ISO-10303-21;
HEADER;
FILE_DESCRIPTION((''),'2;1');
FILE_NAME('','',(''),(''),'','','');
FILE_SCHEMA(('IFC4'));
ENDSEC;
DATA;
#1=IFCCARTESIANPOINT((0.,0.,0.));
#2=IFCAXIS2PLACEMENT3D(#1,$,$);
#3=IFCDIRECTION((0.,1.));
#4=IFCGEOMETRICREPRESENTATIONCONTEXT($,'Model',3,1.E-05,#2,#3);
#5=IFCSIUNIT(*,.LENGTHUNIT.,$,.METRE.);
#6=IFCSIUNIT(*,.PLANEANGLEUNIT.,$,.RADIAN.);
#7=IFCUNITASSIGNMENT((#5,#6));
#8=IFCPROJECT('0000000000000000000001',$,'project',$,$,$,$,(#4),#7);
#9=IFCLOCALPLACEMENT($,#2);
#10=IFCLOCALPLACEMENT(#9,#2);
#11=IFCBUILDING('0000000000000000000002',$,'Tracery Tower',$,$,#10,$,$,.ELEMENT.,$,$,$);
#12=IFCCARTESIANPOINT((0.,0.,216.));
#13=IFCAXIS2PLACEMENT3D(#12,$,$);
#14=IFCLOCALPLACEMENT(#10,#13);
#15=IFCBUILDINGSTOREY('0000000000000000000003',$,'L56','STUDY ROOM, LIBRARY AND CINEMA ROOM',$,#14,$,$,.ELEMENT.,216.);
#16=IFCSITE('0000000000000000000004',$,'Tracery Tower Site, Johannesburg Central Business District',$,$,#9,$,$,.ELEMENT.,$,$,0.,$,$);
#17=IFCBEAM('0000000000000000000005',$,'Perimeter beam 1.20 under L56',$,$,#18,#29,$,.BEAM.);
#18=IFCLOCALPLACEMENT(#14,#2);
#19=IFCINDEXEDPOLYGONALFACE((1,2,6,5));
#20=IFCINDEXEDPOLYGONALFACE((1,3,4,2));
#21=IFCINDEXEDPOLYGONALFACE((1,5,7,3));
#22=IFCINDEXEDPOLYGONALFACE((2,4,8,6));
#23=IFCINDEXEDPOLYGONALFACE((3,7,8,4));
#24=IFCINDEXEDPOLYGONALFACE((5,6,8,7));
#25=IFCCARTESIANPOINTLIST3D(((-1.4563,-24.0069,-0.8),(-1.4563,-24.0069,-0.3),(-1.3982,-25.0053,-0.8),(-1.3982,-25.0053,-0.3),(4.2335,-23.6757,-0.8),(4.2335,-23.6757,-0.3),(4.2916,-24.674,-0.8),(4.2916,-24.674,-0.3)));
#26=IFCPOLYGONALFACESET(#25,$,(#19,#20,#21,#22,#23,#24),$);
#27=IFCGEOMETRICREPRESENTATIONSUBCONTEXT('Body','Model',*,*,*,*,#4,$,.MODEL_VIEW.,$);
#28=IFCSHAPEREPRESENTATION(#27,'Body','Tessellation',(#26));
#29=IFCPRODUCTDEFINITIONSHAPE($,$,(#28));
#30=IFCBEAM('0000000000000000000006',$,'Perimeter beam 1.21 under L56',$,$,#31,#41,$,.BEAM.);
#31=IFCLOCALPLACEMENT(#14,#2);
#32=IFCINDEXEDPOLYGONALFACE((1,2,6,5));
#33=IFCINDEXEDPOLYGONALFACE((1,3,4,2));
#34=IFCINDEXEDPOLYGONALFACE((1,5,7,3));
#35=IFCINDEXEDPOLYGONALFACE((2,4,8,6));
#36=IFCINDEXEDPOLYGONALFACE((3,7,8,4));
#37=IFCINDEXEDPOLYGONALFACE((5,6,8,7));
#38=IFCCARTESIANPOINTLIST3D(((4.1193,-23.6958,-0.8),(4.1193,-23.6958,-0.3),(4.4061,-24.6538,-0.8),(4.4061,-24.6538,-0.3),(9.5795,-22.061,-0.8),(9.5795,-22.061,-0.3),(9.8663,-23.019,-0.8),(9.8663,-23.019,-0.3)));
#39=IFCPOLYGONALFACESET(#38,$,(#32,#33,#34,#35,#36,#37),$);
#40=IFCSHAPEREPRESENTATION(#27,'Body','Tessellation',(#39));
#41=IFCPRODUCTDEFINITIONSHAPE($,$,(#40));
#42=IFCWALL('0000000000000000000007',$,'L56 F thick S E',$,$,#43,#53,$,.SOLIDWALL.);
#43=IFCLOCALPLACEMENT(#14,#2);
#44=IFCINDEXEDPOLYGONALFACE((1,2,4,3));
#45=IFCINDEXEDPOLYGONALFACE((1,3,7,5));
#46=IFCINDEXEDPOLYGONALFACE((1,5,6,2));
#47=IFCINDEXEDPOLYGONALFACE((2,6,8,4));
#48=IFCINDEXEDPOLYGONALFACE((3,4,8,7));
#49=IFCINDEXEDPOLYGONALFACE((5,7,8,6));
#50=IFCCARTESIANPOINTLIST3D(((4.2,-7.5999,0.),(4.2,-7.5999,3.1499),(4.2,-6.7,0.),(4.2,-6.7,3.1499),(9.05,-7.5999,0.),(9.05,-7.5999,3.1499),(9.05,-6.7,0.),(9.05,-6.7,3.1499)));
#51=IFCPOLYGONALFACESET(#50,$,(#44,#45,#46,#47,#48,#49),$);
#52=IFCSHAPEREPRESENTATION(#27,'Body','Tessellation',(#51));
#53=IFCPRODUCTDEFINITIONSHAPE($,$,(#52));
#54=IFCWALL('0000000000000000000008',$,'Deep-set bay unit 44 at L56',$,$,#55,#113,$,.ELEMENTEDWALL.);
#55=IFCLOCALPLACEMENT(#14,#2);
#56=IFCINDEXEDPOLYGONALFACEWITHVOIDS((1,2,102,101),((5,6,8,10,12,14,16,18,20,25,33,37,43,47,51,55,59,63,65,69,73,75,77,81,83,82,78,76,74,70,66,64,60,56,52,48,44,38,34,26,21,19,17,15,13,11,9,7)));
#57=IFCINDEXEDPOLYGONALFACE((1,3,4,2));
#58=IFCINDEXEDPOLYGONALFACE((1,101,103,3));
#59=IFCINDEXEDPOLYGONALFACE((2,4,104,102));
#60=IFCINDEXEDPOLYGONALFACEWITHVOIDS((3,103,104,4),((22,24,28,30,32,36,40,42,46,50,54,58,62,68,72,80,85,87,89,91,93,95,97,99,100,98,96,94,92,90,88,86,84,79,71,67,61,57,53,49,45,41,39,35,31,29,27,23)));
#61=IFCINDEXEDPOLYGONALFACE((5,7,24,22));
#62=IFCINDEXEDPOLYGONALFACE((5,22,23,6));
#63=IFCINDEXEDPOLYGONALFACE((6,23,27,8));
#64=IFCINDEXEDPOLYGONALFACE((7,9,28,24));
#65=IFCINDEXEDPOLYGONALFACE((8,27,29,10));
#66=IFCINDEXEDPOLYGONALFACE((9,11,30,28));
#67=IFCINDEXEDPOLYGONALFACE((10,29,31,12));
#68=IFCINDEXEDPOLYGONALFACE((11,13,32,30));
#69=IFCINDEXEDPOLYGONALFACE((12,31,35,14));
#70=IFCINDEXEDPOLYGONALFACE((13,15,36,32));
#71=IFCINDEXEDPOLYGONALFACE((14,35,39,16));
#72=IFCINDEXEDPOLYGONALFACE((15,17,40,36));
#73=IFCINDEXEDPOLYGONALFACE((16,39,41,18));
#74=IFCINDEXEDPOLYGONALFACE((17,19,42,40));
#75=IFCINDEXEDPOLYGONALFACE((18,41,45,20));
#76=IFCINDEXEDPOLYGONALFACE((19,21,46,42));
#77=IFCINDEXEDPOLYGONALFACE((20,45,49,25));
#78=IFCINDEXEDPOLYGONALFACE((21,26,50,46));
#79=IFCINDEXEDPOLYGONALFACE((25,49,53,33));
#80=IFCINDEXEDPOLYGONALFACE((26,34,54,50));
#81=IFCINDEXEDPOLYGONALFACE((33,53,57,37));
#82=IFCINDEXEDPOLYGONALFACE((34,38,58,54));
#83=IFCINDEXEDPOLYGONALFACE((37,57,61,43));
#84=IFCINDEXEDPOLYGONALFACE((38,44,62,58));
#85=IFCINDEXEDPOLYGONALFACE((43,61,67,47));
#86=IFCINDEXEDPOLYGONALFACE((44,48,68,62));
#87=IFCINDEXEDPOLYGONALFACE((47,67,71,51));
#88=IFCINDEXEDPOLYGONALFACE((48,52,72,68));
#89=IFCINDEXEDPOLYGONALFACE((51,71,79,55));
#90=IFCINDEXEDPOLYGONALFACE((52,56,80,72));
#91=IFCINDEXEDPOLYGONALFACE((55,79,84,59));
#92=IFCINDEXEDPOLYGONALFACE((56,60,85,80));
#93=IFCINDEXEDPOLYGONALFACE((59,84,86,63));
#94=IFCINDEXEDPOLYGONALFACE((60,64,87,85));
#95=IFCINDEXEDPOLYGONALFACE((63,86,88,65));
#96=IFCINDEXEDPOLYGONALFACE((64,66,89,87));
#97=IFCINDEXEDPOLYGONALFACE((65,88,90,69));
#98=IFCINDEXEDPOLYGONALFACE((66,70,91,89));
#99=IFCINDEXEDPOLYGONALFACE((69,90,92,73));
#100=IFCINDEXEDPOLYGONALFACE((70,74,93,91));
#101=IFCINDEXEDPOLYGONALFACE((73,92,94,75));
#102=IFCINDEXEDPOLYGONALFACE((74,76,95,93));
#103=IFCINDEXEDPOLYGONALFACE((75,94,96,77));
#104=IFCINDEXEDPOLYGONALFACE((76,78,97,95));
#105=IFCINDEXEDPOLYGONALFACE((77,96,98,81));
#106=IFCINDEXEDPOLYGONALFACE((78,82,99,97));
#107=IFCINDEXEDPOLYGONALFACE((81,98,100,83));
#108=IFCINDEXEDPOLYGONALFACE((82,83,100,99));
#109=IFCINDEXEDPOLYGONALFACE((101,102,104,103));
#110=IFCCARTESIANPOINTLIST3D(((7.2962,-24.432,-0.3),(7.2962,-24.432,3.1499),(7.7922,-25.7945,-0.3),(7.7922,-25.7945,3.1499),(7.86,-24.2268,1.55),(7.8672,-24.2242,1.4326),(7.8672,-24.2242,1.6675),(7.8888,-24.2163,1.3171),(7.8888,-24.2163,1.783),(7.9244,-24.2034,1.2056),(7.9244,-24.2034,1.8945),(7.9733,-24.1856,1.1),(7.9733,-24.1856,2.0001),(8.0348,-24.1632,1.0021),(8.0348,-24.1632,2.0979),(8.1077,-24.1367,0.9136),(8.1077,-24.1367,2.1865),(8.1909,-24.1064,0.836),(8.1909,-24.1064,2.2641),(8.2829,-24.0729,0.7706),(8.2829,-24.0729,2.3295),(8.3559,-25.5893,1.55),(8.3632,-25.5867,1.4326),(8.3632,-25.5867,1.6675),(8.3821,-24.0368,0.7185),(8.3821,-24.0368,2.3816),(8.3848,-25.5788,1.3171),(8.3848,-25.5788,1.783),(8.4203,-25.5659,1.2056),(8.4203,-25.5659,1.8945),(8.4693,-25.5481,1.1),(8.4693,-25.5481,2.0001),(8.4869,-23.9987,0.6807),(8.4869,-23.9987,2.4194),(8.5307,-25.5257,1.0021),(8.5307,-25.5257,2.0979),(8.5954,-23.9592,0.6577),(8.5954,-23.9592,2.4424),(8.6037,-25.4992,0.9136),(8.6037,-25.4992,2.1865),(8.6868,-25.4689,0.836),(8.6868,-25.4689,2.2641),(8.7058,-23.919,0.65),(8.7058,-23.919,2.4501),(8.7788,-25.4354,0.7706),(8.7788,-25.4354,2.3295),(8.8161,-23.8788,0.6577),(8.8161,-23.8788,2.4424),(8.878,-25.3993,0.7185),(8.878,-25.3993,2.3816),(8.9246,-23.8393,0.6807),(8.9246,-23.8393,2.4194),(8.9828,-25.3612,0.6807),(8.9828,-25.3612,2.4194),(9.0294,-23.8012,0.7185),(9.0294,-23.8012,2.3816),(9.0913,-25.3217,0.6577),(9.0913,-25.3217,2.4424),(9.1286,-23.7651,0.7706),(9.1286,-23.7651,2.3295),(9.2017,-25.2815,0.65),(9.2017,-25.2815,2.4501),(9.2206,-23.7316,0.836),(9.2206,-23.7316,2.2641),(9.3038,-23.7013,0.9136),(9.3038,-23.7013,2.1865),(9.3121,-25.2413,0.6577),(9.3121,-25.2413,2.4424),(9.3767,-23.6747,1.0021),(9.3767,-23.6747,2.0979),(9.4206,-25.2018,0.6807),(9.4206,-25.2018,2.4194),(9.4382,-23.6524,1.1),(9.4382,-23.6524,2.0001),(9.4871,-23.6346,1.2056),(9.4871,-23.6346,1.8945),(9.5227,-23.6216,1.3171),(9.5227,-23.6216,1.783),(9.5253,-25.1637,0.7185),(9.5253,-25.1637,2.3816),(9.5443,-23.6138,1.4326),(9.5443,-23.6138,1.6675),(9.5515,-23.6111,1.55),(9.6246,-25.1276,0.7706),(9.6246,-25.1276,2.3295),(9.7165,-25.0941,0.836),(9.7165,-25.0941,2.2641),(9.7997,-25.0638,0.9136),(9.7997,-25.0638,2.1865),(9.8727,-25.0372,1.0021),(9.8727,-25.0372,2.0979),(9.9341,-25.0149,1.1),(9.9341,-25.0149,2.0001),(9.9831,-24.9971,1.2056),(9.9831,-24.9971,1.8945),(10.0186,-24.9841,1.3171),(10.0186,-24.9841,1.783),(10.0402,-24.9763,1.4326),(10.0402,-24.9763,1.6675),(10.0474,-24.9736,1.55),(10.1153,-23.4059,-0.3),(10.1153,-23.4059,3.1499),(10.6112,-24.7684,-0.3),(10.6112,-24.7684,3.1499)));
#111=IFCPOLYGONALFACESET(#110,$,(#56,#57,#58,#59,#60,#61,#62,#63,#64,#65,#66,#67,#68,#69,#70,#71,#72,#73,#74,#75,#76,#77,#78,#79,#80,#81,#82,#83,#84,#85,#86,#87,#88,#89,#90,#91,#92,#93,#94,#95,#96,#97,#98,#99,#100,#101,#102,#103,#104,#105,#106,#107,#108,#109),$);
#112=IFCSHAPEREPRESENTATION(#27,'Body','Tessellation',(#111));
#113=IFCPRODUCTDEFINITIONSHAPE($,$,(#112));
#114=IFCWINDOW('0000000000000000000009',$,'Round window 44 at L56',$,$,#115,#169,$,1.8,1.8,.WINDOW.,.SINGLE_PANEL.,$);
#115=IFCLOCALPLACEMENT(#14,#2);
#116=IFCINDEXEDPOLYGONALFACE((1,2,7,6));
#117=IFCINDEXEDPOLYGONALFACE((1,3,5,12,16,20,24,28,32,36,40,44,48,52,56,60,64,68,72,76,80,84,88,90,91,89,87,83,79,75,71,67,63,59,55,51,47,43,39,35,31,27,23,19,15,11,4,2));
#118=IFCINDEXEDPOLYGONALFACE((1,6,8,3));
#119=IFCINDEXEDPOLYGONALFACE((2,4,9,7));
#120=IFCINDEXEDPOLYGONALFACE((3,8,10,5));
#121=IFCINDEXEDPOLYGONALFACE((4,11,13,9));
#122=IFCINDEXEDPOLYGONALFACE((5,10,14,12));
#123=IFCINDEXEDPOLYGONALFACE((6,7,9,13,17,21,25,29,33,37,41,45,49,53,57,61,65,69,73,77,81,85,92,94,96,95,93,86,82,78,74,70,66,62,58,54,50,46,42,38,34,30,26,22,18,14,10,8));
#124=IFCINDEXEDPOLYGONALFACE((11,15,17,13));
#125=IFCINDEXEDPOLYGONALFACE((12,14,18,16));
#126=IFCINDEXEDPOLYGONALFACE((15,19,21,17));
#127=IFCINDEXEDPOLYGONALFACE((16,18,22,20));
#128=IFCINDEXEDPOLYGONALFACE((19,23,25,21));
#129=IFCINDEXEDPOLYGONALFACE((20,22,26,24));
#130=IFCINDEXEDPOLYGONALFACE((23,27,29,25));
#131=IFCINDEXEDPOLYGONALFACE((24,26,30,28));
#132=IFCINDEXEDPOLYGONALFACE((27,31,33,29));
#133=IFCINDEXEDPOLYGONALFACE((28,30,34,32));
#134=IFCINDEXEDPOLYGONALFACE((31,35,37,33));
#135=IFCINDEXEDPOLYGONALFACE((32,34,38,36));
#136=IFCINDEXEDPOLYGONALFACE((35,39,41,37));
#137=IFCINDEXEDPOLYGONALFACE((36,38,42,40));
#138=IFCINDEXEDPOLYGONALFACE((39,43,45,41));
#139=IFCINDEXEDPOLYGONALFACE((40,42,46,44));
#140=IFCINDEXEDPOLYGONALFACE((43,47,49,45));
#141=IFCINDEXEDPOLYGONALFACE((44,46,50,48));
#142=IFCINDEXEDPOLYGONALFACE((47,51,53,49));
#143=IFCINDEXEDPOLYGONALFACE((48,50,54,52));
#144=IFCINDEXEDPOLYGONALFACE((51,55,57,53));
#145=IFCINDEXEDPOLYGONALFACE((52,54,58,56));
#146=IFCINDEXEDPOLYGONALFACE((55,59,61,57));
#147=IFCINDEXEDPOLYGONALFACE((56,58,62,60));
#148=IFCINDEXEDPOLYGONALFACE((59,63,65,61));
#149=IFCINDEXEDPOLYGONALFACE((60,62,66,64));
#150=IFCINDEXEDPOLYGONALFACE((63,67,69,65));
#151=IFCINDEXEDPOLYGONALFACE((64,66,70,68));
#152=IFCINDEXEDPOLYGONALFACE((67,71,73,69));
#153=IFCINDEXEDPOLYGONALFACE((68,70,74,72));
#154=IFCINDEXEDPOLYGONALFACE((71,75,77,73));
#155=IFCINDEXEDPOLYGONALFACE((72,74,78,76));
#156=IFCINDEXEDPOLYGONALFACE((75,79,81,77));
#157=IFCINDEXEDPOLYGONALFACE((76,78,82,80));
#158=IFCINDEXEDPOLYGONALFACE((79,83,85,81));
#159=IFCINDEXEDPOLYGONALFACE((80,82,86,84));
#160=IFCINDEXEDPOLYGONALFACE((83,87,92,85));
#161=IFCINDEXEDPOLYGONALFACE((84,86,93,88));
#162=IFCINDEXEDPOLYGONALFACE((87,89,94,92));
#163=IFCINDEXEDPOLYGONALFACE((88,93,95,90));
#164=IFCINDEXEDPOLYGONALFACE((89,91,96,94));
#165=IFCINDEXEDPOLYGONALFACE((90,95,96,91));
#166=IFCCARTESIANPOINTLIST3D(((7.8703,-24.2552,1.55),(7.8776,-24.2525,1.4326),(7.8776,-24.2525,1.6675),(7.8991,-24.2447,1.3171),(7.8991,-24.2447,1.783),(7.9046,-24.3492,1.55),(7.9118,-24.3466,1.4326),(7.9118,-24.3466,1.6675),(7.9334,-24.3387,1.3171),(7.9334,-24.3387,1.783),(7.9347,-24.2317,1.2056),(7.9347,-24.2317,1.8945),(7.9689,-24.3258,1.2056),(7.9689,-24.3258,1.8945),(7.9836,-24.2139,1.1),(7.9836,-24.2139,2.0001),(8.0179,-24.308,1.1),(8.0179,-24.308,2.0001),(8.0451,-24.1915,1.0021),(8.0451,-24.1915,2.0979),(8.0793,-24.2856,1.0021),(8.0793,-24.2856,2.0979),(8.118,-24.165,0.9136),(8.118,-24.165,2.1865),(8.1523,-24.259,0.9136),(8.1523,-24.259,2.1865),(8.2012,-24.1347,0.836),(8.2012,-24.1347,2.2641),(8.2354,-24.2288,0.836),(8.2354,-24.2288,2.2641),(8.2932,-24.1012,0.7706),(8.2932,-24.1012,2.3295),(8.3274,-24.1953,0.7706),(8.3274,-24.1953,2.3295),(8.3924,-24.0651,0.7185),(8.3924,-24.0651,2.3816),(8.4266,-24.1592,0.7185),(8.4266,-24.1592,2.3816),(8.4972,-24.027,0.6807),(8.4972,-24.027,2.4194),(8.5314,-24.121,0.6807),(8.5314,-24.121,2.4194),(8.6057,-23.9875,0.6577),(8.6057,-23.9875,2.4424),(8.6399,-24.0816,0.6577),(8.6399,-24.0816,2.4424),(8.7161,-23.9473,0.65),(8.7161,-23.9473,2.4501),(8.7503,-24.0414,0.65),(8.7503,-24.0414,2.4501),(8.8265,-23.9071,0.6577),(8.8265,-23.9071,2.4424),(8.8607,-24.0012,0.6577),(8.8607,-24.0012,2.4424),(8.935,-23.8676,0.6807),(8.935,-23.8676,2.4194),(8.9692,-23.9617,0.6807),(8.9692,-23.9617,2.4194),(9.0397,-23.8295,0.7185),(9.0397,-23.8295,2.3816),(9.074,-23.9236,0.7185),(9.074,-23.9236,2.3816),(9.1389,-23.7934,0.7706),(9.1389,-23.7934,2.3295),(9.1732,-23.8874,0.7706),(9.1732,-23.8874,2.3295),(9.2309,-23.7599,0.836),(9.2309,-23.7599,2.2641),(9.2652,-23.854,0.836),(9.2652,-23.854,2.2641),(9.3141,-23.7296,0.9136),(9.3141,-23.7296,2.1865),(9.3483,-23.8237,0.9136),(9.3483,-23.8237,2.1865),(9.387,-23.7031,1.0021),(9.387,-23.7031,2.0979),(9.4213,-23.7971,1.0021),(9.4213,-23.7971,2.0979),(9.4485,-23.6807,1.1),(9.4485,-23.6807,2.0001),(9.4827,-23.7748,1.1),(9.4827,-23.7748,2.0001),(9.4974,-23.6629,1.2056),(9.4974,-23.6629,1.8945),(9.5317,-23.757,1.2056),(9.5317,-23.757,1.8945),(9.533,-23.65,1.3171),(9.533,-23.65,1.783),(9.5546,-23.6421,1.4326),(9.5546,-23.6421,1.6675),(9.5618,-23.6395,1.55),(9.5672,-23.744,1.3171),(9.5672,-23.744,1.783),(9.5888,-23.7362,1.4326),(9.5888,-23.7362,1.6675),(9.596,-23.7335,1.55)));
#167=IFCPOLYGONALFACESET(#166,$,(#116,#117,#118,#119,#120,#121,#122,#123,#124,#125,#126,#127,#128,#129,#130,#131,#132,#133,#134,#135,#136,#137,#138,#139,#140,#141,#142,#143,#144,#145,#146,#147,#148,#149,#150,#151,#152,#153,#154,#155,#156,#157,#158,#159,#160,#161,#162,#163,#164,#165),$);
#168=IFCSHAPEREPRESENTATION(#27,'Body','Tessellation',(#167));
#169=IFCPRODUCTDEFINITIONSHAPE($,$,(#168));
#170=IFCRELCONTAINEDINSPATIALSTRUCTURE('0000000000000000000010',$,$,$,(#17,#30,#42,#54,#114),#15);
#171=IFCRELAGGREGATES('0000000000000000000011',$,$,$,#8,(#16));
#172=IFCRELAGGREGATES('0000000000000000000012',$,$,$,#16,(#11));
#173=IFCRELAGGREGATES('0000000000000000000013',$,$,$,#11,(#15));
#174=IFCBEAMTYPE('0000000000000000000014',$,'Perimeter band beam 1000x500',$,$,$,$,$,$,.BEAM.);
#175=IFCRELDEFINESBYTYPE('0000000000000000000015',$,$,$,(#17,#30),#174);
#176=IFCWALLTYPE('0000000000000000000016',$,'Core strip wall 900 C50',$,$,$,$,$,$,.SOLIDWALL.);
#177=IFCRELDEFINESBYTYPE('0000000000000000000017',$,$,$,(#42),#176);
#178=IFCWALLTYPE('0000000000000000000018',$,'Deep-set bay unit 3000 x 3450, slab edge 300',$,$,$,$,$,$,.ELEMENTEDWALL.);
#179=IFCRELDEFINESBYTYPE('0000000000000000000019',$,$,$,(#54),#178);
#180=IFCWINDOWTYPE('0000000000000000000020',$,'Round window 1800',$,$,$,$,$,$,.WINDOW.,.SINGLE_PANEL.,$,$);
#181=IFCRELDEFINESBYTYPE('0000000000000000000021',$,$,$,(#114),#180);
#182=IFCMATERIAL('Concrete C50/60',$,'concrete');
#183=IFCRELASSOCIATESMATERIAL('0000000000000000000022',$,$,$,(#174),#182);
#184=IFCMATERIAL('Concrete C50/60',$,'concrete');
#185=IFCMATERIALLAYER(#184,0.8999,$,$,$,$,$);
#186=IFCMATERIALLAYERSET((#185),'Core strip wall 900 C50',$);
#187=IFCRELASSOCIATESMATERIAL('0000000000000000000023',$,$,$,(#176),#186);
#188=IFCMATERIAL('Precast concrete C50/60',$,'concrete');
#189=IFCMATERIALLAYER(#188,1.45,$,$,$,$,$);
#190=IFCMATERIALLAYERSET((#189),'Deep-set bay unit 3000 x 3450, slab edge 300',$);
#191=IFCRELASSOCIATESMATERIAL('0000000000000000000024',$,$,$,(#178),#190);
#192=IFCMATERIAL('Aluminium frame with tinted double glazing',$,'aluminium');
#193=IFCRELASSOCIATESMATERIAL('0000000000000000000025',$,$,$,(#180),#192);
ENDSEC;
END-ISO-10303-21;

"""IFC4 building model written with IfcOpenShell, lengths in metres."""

from ifc_helpers import new_model, si_unit, direction, frame, frame_2d, origin, origin_2d, place, context, subcontext, project, spatial, rectangle, circle, extrude, material, layer, layer_set, material_profile, profile_set, type_object, element, fill, save


model = new_model("IFC4")

# Units and contexts
model_context = context("Model", 3, precision=1e-05, world=origin(), true_north=direction((0.0, 1.0)))
body_context = subcontext(model_context, "Body", "Model", "MODEL_VIEW")
ifc_project = project(units=[si_unit("LENGTHUNIT", "METRE"), si_unit("PLANEANGLEUNIT", "RADIAN")], contexts=[model_context])

# Site, building, storey
site_placement = place(None, origin())
site = spatial("IfcSite", under=ifc_project, at=site_placement, Name="Tracery Tower Site, Johannesburg Central Business District", CompositionType="ELEMENT", RefElevation=0.0)
building_placement = place(site_placement, origin())
building = spatial("IfcBuilding", under=site, at=building_placement, Name="Tracery Tower", CompositionType="ELEMENT")
storey_placement = place(building_placement, frame((0.0, 0.0, 216.0)))
storey = spatial("IfcBuildingStorey", under=building, at=storey_placement, Name="L56", Description="STUDY ROOM, LIBRARY AND CINEMA ROOM", CompositionType="ELEMENT", Elevation=216.0)

# Beams
ifc_material_1 = material(Name="Concrete C50/60", Category="concrete")
ifc_material_profile_1 = material_profile(ifc_material_1, rectangle(XDim=1.0, YDim=0.5, at=origin_2d()), Name="RC 1000x500")
ifc_profile_set_1 = profile_set([ifc_material_profile_1], Name="Concrete C50/60")
beam_type = type_object("IfcBeamType", Name="Perimeter band beam 1000x500", PredefinedType="BEAM", material=ifc_profile_set_1)
beam_1_placement = place(storey_placement, frame((-1.4272, -24.5061, -0.55), z_axis=(0.998309, 0.058127, 0.0), x_axis=(-0.058127, 0.998309, 0.0)))
element("IfcBeam", 1, at=beam_1_placement, inside=storey, type_object=beam_type, Name="Perimeter beam 1.20 under L56", PredefinedType="BEAM", context=body_context, shape_type="SweptSolid", body=[
    extrude(rectangle(XDim=1.0, YDim=0.5, at=origin_2d()), origin(), (0.0, 0.0, 1.0), 5.6995),
])
beam_2_placement = place(storey_placement, frame((4.2627, -24.1748, -0.55), z_axis=(0.957985, 0.286817, 0.0), x_axis=(-0.286817, 0.957985, 0.0)))
element("IfcBeam", 2, at=beam_2_placement, inside=storey, type_object=beam_type, Name="Perimeter beam 1.21 under L56", PredefinedType="BEAM", context=body_context, shape_type="SweptSolid", body=[
    extrude(rectangle(XDim=1.0, YDim=0.5, at=origin_2d()), origin(), (0.0, 0.0, 1.0), 5.6997),
])

# Wall
ifc_material_2 = material(Name="Concrete C50/60", Category="concrete")
ifc_layer_1 = layer(ifc_material_2, 0.8999)
ifc_layer_set_1 = layer_set([ifc_layer_1], Name="Core strip wall 900 C50")
wall_type_1 = type_object("IfcWallType", Name="Core strip wall 900 C50", PredefinedType="SOLIDWALL", material=ifc_layer_set_1)
wall_1_placement = place(storey_placement, frame((4.2, -7.1499, 0.0), z_axis=(0.0, 0.0, 1.0), x_axis=(1.0, 0.0, 0.0)))
element("IfcWall", 3, at=wall_1_placement, inside=storey, type_object=wall_type_1, Name="L56 F thick S E", PredefinedType="SOLIDWALL", context=body_context, shape_type="SweptSolid", body=[
    extrude(rectangle(XDim=4.8501, YDim=0.8999, at=frame_2d((2.425, 0.0))), origin(), (0.0, 0.0, 1.0), 3.1499),
])

# Wall, opening, window
ifc_material_3 = material(Name="Precast concrete C50/60", Category="concrete")
ifc_layer_2 = layer(ifc_material_3, 1.45)
ifc_layer_set_2 = layer_set([ifc_layer_2], Name="Deep-set bay unit 3000 x 3450, slab edge 300")
wall_type_2 = type_object("IfcWallType", Name="Deep-set bay unit 3000 x 3450, slab edge 300", PredefinedType="ELEMENTEDWALL", material=ifc_layer_set_2)
wall_2_placement = place(storey_placement, frame((7.5442, -25.1133, -0.3), z_axis=(0.0, 0.0, 1.0), x_axis=(0.939686, 0.342037, 0.0)))
wall_2 = element("IfcWall", 4, at=wall_2_placement, inside=storey, type_object=wall_type_2, Name="Deep-set bay unit 44 at L56", PredefinedType="ELEMENTEDWALL", context=body_context, shape_type="SweptSolid", body=[
    extrude(rectangle(XDim=3.0, YDim=1.45, at=frame_2d((1.5, 0.0))), origin(), (0.0, 0.0, 1.0), 3.45),
])
opening_1_placement = place(wall_2_placement, frame((1.5, 0.0, 1.8501)))
opening_1 = element("IfcOpeningElement", 5, at=opening_1_placement, cuts=wall_2, PredefinedType="OPENING", context=body_context, shape_type="SweptSolid", body=[
    extrude(circle(Radius=0.9, at=origin_2d()), frame((0.0, 0.7349, 0.0), z_axis=(0.0, -1.0, 0.0), x_axis=(1.0, 0.0, 0.0)), (0.0, 0.0, 1.0), 1.47),
])
ifc_material_4 = material(Name="Aluminium frame with tinted double glazing", Category="aluminium")
window_type = type_object("IfcWindowType", Name="Round window 1800", PartitioningType="SINGLE_PANEL", PredefinedType="WINDOW", material=ifc_material_4)
window_1_placement = place(opening_1_placement, origin())
window_1 = element("IfcWindow", 6, at=window_1_placement, inside=storey, type_object=window_type, Name="Round window 44 at L56", OverallHeight=1.8, OverallWidth=1.8, PartitioningType="SINGLE_PANEL", PredefinedType="WINDOW", context=body_context, shape_type="SweptSolid", body=[
    extrude(circle(Radius=0.9, at=origin_2d()), frame((0.0, 0.6948, 0.0), z_axis=(0.0, -1.0, 0.0), x_axis=(1.0, 0.0, 0.0)), (0.0, 0.0, 1.0), 0.1001),
])
fill(opening_1, window_1)

save(model, "model.ifc")
